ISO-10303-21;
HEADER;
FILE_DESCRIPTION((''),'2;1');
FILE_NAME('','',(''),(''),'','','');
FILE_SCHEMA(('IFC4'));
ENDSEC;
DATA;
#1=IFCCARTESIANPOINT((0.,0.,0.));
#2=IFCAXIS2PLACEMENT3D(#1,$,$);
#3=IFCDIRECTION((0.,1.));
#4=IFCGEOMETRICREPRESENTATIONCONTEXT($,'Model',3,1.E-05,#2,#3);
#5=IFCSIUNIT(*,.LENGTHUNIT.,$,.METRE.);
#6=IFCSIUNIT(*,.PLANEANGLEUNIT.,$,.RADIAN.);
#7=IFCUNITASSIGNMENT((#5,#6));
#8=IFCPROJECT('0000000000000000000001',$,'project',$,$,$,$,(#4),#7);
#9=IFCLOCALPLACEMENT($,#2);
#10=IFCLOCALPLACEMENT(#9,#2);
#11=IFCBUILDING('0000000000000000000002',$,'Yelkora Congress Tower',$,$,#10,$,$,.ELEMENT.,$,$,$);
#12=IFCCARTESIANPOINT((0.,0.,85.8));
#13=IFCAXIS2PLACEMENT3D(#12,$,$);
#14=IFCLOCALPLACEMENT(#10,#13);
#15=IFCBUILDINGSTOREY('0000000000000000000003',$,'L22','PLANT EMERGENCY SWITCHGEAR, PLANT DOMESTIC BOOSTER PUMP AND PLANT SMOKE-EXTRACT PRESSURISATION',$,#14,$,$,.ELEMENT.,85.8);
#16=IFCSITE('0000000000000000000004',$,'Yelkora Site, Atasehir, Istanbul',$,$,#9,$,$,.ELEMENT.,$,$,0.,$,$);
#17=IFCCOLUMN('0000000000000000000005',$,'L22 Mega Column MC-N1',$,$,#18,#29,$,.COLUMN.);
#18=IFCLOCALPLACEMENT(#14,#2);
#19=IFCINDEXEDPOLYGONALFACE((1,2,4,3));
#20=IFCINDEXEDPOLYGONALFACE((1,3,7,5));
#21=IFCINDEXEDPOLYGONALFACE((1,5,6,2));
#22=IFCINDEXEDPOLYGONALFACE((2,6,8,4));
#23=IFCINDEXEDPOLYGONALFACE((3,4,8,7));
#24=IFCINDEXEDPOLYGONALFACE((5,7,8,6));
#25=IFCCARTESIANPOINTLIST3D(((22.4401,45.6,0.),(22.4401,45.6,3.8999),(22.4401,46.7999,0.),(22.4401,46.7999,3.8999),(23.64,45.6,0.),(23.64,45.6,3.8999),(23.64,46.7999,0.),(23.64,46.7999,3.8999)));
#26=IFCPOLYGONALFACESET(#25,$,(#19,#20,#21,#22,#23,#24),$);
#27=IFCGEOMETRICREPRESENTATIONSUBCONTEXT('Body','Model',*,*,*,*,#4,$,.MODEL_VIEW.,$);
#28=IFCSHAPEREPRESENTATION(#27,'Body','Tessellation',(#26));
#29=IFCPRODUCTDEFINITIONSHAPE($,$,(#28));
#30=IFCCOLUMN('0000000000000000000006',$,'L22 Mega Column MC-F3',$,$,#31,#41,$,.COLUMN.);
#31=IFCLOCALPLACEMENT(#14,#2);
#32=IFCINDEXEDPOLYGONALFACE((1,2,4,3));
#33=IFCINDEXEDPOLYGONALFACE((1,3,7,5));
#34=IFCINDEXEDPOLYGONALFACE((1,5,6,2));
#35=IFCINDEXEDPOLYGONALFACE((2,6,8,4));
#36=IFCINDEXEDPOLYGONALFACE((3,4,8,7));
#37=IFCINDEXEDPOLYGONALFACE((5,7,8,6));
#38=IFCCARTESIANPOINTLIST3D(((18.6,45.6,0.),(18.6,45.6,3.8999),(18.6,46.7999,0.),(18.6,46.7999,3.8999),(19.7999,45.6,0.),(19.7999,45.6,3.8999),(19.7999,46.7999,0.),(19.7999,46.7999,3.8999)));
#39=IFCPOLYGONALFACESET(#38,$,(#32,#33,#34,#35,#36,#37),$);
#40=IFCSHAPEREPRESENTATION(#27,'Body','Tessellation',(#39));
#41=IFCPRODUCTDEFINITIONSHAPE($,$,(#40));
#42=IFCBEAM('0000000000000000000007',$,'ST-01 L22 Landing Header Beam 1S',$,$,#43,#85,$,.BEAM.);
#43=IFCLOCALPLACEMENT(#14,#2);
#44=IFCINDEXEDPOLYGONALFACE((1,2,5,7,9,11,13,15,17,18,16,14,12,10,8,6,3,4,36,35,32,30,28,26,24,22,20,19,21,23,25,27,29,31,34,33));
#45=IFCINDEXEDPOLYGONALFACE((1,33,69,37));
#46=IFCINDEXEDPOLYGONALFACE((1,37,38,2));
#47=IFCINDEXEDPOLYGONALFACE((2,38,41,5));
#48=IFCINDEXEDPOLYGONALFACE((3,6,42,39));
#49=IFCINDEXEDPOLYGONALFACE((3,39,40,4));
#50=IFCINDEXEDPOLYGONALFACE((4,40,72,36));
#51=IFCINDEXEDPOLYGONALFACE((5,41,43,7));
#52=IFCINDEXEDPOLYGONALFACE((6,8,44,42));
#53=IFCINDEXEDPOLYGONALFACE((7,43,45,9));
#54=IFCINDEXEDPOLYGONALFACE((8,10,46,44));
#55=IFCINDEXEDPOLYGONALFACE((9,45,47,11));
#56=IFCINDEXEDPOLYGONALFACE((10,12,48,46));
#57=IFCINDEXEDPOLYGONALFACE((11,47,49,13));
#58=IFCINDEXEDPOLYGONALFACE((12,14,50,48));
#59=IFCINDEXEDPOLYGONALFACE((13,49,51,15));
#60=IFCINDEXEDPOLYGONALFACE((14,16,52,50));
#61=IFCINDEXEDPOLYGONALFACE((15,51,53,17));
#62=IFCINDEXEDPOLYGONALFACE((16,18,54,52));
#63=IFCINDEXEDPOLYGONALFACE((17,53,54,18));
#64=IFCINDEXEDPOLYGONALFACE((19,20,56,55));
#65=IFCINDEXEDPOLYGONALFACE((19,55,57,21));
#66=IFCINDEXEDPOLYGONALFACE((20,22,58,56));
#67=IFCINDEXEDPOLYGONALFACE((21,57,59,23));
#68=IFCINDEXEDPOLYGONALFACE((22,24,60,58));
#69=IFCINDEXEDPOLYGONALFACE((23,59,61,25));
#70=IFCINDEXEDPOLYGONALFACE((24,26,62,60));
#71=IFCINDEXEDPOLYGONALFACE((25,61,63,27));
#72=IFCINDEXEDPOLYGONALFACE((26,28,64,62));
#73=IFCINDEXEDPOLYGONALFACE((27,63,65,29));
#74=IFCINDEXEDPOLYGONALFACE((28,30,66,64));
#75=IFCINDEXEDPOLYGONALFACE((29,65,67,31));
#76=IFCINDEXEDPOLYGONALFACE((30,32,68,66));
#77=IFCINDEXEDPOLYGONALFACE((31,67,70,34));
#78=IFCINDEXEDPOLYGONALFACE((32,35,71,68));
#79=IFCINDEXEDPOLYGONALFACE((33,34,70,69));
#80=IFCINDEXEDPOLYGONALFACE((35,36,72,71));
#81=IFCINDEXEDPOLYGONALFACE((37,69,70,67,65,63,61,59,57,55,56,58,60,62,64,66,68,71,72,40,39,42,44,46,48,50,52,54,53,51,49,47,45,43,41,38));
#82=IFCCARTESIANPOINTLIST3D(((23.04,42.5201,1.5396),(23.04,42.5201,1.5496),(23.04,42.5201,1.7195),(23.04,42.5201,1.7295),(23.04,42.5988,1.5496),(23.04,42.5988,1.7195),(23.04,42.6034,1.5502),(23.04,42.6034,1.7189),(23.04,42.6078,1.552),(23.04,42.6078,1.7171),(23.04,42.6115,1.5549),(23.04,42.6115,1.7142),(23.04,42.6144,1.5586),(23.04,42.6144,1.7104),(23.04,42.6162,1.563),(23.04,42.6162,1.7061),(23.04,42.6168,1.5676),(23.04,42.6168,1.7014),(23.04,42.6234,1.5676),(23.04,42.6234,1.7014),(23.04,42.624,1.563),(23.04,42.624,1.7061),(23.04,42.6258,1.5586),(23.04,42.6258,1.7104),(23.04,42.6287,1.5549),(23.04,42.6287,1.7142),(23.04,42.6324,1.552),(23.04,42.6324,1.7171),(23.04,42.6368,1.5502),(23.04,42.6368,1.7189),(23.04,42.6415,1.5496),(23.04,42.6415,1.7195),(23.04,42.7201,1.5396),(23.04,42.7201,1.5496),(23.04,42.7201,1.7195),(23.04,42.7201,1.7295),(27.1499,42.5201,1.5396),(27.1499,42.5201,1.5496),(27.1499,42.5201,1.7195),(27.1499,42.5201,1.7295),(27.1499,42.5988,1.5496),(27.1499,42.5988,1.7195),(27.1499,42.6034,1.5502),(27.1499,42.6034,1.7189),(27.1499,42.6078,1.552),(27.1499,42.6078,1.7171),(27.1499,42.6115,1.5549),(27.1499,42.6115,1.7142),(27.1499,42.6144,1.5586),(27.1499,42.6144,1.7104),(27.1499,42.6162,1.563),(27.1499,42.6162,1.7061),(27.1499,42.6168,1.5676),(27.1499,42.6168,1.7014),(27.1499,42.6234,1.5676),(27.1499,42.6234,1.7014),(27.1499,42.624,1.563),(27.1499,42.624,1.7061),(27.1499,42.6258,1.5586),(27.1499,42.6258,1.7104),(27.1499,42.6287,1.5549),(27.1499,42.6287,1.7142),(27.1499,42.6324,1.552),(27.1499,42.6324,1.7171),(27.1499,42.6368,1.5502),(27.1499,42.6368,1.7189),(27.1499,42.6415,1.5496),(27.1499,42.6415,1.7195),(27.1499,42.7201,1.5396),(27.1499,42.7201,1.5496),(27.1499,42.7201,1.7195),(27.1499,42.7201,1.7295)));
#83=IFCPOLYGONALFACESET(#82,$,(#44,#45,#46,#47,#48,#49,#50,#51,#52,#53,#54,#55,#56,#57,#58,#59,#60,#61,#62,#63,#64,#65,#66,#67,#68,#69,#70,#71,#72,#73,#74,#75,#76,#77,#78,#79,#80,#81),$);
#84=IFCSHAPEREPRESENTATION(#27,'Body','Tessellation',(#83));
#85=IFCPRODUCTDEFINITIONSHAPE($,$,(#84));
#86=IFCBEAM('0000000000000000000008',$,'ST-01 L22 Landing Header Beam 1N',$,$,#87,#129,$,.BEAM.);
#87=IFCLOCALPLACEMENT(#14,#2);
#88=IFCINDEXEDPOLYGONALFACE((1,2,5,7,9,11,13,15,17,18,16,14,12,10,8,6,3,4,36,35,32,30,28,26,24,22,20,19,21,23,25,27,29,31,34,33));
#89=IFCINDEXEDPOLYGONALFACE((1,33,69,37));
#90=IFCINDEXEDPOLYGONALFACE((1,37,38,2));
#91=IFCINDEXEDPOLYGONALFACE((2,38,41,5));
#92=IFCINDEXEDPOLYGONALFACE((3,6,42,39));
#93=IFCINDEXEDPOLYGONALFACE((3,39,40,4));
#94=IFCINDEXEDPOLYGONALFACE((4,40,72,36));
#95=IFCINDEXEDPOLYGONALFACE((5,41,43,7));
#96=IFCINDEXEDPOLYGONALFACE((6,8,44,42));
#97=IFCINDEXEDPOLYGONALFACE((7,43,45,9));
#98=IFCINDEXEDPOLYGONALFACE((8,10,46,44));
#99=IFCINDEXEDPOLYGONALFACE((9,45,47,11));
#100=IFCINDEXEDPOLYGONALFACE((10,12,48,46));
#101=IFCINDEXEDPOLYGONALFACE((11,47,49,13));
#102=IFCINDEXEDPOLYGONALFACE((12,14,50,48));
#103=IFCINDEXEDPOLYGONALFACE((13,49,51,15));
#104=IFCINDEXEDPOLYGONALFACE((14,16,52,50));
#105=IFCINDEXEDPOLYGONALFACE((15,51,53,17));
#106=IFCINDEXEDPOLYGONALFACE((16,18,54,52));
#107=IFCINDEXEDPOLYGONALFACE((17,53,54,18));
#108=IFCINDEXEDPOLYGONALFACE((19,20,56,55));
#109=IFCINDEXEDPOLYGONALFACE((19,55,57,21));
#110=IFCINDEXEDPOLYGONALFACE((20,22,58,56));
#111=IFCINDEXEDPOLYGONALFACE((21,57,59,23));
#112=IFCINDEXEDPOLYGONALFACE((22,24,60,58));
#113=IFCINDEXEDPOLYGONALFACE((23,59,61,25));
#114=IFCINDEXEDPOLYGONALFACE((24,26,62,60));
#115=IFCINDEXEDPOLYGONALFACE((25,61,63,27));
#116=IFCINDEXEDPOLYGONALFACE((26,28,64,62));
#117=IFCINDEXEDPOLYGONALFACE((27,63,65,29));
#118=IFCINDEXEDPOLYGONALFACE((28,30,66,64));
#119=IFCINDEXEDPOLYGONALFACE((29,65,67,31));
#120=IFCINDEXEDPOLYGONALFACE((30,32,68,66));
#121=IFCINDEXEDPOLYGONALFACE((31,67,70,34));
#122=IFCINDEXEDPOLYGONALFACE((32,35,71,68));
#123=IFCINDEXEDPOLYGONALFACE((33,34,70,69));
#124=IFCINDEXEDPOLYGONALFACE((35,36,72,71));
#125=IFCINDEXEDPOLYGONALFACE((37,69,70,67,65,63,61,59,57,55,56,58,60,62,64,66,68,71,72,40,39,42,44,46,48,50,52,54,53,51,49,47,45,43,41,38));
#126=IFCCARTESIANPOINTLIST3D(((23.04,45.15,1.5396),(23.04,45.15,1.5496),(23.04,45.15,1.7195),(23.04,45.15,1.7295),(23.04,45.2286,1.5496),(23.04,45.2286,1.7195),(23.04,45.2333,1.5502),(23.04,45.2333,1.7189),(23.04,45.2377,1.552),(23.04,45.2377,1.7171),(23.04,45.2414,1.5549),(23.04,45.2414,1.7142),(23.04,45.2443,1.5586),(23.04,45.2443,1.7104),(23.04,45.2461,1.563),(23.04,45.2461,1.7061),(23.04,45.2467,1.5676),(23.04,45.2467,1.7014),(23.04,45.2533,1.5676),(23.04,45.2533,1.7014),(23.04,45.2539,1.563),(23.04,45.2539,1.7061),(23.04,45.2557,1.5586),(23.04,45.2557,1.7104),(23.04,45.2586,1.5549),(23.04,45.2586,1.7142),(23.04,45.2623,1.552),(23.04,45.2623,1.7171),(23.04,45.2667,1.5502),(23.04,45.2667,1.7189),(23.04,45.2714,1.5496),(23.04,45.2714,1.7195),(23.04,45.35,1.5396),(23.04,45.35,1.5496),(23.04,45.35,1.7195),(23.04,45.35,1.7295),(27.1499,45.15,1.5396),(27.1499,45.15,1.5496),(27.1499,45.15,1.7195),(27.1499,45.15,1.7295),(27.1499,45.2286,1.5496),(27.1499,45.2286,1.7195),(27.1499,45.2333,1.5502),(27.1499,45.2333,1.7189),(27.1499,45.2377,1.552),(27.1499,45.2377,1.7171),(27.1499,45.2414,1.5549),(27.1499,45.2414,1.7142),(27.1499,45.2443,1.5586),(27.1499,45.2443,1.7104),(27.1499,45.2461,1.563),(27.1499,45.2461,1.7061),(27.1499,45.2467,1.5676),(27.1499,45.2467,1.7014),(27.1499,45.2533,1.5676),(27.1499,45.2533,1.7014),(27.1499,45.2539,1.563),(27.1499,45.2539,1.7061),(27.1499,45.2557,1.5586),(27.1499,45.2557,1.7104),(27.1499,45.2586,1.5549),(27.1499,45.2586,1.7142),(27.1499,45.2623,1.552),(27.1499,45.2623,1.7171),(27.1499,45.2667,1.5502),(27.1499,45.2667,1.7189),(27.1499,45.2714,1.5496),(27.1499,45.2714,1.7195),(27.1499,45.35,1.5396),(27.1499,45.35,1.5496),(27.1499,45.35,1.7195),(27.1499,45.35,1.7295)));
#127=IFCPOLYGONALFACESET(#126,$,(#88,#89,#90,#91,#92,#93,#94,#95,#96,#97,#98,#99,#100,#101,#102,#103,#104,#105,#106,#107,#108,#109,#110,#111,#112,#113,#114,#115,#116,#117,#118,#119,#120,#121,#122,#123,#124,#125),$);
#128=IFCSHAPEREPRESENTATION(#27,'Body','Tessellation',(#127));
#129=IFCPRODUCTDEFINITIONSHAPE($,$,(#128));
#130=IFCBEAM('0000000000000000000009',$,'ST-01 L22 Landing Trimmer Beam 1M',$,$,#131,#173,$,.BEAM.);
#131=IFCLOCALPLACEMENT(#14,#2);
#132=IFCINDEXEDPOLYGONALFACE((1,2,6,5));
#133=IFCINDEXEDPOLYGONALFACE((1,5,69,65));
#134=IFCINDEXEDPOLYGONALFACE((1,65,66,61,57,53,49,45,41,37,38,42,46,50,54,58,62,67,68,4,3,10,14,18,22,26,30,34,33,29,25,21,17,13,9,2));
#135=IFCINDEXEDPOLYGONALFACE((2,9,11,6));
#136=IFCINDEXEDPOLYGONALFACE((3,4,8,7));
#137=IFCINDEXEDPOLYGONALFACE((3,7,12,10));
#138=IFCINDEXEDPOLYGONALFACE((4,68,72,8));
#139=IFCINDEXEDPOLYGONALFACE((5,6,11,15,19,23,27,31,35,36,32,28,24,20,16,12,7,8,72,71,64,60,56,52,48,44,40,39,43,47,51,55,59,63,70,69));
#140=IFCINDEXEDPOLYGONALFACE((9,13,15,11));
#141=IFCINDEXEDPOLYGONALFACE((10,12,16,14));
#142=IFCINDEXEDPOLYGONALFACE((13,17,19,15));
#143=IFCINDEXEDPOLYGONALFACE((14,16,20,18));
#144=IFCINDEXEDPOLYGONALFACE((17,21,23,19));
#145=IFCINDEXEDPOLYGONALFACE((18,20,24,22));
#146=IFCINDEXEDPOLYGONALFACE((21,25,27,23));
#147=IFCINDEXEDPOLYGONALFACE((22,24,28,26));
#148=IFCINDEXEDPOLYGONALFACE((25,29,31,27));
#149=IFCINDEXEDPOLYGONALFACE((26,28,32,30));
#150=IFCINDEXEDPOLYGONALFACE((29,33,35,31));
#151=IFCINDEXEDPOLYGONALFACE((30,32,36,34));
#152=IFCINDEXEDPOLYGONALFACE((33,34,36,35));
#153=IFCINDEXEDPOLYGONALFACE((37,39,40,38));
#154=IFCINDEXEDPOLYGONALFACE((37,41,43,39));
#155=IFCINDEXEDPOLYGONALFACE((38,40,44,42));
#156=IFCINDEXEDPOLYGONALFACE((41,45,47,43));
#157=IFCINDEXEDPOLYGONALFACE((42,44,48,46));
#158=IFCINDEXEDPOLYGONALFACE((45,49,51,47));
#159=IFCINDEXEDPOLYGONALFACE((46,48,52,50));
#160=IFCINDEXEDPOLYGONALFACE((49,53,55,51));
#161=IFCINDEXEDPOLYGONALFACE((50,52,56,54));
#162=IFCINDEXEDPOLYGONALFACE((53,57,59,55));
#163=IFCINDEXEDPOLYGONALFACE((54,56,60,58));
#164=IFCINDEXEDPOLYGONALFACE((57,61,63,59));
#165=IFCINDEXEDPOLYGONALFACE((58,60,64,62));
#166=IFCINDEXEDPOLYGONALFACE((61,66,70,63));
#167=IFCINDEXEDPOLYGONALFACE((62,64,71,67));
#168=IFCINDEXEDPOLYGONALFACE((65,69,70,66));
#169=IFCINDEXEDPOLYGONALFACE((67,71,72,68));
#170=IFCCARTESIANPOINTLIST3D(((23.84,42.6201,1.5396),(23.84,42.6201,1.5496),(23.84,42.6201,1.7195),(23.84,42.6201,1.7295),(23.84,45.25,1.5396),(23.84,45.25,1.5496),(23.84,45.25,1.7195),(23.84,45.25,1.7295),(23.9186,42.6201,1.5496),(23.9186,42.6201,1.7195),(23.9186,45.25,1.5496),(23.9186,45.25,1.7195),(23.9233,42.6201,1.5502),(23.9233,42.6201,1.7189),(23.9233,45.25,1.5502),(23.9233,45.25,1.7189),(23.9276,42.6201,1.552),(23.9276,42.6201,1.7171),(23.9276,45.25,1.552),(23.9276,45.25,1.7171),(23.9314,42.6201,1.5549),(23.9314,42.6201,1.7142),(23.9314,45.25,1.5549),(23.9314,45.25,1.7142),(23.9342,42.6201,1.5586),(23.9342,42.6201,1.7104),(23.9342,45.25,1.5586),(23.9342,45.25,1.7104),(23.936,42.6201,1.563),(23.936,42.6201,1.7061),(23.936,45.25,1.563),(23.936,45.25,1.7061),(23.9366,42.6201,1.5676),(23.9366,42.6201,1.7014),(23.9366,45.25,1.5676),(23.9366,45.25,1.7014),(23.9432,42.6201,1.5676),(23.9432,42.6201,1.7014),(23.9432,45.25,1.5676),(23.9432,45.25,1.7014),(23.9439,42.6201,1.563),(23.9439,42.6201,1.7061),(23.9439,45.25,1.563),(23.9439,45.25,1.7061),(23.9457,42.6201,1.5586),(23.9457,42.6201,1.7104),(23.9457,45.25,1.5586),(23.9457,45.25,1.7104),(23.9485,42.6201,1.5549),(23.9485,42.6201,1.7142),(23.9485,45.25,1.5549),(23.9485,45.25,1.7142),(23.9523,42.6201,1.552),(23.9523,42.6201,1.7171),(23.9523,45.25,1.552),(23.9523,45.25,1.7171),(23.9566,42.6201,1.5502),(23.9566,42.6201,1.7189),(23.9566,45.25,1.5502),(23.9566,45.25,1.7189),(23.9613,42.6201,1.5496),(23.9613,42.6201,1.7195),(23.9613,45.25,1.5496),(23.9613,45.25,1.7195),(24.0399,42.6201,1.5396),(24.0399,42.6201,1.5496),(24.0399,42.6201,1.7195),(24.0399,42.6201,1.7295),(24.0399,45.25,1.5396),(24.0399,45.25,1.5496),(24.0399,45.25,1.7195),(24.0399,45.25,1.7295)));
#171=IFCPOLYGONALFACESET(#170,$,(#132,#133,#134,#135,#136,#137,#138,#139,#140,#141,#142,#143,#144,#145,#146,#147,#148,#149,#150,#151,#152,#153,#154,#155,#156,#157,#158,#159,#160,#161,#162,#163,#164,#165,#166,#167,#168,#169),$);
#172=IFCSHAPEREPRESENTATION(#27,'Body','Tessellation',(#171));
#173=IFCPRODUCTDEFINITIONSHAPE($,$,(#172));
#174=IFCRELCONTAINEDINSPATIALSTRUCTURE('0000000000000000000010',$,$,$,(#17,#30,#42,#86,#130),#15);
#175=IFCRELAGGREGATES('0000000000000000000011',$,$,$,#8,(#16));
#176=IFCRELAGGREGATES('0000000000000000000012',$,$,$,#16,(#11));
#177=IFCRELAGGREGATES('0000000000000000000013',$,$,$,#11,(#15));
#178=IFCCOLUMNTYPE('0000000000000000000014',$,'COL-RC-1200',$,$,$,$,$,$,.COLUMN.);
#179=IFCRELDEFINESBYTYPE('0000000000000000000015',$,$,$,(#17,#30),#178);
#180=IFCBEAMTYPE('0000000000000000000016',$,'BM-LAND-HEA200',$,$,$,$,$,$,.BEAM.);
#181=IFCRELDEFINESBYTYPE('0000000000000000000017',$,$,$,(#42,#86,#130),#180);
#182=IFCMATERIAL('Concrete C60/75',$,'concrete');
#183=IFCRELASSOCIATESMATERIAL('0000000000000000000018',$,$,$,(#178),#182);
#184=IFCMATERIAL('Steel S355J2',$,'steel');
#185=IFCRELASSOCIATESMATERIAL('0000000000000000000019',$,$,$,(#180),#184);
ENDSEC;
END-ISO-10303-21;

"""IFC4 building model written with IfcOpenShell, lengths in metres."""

from ifc_helpers import new_model, si_unit, direction, frame, origin, origin_2d, place, context, subcontext, project, spatial, rectangle, i_section, extrude, material, material_profile, profile_set, type_object, element, save


model = new_model("IFC4")

# Units and contexts
model_context = context("Model", 3, precision=1e-05, world=origin(), true_north=direction((0.0, 1.0)))
body_context = subcontext(model_context, "Body", "Model", "MODEL_VIEW")
ifc_project = project(units=[si_unit("LENGTHUNIT", "METRE"), si_unit("PLANEANGLEUNIT", "RADIAN")], contexts=[model_context])

# Site, building, storey
site_placement = place(None, origin())
site = spatial("IfcSite", under=ifc_project, at=site_placement, Name="Yelkora Site, Atasehir, Istanbul", CompositionType="ELEMENT", RefElevation=0.0)
building_placement = place(site_placement, origin())
building = spatial("IfcBuilding", under=site, at=building_placement, Name="Yelkora Congress Tower", CompositionType="ELEMENT")
storey_placement = place(building_placement, frame((0.0, 0.0, 85.8)))
storey = spatial("IfcBuildingStorey", under=building, at=storey_placement, Name="L22", Description="PLANT EMERGENCY SWITCHGEAR, PLANT DOMESTIC BOOSTER PUMP AND PLANT SMOKE-EXTRACT PRESSURISATION", CompositionType="ELEMENT", Elevation=85.8)

# Columns
ifc_material_1 = material(Name="Concrete C60/75", Category="concrete")
ifc_material_profile_1 = material_profile(ifc_material_1, rectangle(XDim=1.2, YDim=1.2, at=origin_2d()), Name="RC 1200x1200")
ifc_profile_set_1 = profile_set([ifc_material_profile_1], Name="Concrete C60/75")
column_type = type_object("IfcColumnType", Name="COL-RC-1200", PredefinedType="COLUMN", material=ifc_profile_set_1)
for number, where, z_axis, x_axis, name in (
    (1, (23.04, 46.2, 0.0), (0.0, 0.0, 1.0), (1.0, 0.0, 0.0), "L22 Mega Column MC-N1"),
    (2, (19.2, 46.2, 0.0), (0.0, 0.0, 1.0), (1.0, 0.0, 0.0), "L22 Mega Column MC-F3"),
):
    element("IfcColumn", number, at=place(storey_placement, frame(where, z_axis=z_axis, x_axis=x_axis)), inside=storey, type_object=column_type, Name=name, PredefinedType="COLUMN", context=body_context, shape_type="SweptSolid", body=[
        extrude(rectangle(XDim=1.2, YDim=1.2, at=origin_2d()), origin(), (0.0, 0.0, 1.0), 3.8999),
    ])

# Beams
ifc_material_2 = material(Name="Steel S355J2", Category="steel")
ifc_material_profile_2 = material_profile(ifc_material_2, i_section(OverallWidth=0.2, OverallDepth=0.1899, WebThickness=0.0066, FlangeThickness=0.01, FilletRadius=0.0181, at=origin_2d()), Name="HEA 200")
ifc_profile_set_2 = profile_set([ifc_material_profile_2], Name="Steel S355J2")
beam_type = type_object("IfcBeamType", Name="BM-LAND-HEA200", PredefinedType="BEAM", material=ifc_profile_set_2)
for number, where, z_axis, x_axis, name in (
    (3, (23.04, 42.6201, 1.6345), (1.0, 0.0, 0.0), (0.0, 1.0, 0.0), "ST-01 L22 Landing Header Beam 1S"),
    (4, (23.04, 45.25, 1.6345), (1.0, 0.0, 0.0), (0.0, 1.0, 0.0), "ST-01 L22 Landing Header Beam 1N"),
):
    element("IfcBeam", number, at=place(storey_placement, frame(where, z_axis=z_axis, x_axis=x_axis)), inside=storey, type_object=beam_type, Name=name, PredefinedType="BEAM", context=body_context, shape_type="SweptSolid", body=[
        extrude(i_section(OverallWidth=0.2, OverallDepth=0.1899, WebThickness=0.0066, FlangeThickness=0.01, FilletRadius=0.0181, at=origin_2d()), origin(), (0.0, 0.0, 1.0), 4.1099),
    ])
beam_1_placement = place(storey_placement, frame((23.9399, 42.6201, 1.6345), z_axis=(0.0, 1.0, 0.0), x_axis=(-1.0, 0.0, 0.0)))
element("IfcBeam", 5, at=beam_1_placement, inside=storey, type_object=beam_type, Name="ST-01 L22 Landing Trimmer Beam 1M", PredefinedType="BEAM", context=body_context, shape_type="SweptSolid", body=[
    extrude(i_section(OverallWidth=0.2, OverallDepth=0.1899, WebThickness=0.0066, FlangeThickness=0.01, FilletRadius=0.0181, at=origin_2d()), origin(), (0.0, 0.0, 1.0), 2.6299),
])

save(model, "model.ifc")
